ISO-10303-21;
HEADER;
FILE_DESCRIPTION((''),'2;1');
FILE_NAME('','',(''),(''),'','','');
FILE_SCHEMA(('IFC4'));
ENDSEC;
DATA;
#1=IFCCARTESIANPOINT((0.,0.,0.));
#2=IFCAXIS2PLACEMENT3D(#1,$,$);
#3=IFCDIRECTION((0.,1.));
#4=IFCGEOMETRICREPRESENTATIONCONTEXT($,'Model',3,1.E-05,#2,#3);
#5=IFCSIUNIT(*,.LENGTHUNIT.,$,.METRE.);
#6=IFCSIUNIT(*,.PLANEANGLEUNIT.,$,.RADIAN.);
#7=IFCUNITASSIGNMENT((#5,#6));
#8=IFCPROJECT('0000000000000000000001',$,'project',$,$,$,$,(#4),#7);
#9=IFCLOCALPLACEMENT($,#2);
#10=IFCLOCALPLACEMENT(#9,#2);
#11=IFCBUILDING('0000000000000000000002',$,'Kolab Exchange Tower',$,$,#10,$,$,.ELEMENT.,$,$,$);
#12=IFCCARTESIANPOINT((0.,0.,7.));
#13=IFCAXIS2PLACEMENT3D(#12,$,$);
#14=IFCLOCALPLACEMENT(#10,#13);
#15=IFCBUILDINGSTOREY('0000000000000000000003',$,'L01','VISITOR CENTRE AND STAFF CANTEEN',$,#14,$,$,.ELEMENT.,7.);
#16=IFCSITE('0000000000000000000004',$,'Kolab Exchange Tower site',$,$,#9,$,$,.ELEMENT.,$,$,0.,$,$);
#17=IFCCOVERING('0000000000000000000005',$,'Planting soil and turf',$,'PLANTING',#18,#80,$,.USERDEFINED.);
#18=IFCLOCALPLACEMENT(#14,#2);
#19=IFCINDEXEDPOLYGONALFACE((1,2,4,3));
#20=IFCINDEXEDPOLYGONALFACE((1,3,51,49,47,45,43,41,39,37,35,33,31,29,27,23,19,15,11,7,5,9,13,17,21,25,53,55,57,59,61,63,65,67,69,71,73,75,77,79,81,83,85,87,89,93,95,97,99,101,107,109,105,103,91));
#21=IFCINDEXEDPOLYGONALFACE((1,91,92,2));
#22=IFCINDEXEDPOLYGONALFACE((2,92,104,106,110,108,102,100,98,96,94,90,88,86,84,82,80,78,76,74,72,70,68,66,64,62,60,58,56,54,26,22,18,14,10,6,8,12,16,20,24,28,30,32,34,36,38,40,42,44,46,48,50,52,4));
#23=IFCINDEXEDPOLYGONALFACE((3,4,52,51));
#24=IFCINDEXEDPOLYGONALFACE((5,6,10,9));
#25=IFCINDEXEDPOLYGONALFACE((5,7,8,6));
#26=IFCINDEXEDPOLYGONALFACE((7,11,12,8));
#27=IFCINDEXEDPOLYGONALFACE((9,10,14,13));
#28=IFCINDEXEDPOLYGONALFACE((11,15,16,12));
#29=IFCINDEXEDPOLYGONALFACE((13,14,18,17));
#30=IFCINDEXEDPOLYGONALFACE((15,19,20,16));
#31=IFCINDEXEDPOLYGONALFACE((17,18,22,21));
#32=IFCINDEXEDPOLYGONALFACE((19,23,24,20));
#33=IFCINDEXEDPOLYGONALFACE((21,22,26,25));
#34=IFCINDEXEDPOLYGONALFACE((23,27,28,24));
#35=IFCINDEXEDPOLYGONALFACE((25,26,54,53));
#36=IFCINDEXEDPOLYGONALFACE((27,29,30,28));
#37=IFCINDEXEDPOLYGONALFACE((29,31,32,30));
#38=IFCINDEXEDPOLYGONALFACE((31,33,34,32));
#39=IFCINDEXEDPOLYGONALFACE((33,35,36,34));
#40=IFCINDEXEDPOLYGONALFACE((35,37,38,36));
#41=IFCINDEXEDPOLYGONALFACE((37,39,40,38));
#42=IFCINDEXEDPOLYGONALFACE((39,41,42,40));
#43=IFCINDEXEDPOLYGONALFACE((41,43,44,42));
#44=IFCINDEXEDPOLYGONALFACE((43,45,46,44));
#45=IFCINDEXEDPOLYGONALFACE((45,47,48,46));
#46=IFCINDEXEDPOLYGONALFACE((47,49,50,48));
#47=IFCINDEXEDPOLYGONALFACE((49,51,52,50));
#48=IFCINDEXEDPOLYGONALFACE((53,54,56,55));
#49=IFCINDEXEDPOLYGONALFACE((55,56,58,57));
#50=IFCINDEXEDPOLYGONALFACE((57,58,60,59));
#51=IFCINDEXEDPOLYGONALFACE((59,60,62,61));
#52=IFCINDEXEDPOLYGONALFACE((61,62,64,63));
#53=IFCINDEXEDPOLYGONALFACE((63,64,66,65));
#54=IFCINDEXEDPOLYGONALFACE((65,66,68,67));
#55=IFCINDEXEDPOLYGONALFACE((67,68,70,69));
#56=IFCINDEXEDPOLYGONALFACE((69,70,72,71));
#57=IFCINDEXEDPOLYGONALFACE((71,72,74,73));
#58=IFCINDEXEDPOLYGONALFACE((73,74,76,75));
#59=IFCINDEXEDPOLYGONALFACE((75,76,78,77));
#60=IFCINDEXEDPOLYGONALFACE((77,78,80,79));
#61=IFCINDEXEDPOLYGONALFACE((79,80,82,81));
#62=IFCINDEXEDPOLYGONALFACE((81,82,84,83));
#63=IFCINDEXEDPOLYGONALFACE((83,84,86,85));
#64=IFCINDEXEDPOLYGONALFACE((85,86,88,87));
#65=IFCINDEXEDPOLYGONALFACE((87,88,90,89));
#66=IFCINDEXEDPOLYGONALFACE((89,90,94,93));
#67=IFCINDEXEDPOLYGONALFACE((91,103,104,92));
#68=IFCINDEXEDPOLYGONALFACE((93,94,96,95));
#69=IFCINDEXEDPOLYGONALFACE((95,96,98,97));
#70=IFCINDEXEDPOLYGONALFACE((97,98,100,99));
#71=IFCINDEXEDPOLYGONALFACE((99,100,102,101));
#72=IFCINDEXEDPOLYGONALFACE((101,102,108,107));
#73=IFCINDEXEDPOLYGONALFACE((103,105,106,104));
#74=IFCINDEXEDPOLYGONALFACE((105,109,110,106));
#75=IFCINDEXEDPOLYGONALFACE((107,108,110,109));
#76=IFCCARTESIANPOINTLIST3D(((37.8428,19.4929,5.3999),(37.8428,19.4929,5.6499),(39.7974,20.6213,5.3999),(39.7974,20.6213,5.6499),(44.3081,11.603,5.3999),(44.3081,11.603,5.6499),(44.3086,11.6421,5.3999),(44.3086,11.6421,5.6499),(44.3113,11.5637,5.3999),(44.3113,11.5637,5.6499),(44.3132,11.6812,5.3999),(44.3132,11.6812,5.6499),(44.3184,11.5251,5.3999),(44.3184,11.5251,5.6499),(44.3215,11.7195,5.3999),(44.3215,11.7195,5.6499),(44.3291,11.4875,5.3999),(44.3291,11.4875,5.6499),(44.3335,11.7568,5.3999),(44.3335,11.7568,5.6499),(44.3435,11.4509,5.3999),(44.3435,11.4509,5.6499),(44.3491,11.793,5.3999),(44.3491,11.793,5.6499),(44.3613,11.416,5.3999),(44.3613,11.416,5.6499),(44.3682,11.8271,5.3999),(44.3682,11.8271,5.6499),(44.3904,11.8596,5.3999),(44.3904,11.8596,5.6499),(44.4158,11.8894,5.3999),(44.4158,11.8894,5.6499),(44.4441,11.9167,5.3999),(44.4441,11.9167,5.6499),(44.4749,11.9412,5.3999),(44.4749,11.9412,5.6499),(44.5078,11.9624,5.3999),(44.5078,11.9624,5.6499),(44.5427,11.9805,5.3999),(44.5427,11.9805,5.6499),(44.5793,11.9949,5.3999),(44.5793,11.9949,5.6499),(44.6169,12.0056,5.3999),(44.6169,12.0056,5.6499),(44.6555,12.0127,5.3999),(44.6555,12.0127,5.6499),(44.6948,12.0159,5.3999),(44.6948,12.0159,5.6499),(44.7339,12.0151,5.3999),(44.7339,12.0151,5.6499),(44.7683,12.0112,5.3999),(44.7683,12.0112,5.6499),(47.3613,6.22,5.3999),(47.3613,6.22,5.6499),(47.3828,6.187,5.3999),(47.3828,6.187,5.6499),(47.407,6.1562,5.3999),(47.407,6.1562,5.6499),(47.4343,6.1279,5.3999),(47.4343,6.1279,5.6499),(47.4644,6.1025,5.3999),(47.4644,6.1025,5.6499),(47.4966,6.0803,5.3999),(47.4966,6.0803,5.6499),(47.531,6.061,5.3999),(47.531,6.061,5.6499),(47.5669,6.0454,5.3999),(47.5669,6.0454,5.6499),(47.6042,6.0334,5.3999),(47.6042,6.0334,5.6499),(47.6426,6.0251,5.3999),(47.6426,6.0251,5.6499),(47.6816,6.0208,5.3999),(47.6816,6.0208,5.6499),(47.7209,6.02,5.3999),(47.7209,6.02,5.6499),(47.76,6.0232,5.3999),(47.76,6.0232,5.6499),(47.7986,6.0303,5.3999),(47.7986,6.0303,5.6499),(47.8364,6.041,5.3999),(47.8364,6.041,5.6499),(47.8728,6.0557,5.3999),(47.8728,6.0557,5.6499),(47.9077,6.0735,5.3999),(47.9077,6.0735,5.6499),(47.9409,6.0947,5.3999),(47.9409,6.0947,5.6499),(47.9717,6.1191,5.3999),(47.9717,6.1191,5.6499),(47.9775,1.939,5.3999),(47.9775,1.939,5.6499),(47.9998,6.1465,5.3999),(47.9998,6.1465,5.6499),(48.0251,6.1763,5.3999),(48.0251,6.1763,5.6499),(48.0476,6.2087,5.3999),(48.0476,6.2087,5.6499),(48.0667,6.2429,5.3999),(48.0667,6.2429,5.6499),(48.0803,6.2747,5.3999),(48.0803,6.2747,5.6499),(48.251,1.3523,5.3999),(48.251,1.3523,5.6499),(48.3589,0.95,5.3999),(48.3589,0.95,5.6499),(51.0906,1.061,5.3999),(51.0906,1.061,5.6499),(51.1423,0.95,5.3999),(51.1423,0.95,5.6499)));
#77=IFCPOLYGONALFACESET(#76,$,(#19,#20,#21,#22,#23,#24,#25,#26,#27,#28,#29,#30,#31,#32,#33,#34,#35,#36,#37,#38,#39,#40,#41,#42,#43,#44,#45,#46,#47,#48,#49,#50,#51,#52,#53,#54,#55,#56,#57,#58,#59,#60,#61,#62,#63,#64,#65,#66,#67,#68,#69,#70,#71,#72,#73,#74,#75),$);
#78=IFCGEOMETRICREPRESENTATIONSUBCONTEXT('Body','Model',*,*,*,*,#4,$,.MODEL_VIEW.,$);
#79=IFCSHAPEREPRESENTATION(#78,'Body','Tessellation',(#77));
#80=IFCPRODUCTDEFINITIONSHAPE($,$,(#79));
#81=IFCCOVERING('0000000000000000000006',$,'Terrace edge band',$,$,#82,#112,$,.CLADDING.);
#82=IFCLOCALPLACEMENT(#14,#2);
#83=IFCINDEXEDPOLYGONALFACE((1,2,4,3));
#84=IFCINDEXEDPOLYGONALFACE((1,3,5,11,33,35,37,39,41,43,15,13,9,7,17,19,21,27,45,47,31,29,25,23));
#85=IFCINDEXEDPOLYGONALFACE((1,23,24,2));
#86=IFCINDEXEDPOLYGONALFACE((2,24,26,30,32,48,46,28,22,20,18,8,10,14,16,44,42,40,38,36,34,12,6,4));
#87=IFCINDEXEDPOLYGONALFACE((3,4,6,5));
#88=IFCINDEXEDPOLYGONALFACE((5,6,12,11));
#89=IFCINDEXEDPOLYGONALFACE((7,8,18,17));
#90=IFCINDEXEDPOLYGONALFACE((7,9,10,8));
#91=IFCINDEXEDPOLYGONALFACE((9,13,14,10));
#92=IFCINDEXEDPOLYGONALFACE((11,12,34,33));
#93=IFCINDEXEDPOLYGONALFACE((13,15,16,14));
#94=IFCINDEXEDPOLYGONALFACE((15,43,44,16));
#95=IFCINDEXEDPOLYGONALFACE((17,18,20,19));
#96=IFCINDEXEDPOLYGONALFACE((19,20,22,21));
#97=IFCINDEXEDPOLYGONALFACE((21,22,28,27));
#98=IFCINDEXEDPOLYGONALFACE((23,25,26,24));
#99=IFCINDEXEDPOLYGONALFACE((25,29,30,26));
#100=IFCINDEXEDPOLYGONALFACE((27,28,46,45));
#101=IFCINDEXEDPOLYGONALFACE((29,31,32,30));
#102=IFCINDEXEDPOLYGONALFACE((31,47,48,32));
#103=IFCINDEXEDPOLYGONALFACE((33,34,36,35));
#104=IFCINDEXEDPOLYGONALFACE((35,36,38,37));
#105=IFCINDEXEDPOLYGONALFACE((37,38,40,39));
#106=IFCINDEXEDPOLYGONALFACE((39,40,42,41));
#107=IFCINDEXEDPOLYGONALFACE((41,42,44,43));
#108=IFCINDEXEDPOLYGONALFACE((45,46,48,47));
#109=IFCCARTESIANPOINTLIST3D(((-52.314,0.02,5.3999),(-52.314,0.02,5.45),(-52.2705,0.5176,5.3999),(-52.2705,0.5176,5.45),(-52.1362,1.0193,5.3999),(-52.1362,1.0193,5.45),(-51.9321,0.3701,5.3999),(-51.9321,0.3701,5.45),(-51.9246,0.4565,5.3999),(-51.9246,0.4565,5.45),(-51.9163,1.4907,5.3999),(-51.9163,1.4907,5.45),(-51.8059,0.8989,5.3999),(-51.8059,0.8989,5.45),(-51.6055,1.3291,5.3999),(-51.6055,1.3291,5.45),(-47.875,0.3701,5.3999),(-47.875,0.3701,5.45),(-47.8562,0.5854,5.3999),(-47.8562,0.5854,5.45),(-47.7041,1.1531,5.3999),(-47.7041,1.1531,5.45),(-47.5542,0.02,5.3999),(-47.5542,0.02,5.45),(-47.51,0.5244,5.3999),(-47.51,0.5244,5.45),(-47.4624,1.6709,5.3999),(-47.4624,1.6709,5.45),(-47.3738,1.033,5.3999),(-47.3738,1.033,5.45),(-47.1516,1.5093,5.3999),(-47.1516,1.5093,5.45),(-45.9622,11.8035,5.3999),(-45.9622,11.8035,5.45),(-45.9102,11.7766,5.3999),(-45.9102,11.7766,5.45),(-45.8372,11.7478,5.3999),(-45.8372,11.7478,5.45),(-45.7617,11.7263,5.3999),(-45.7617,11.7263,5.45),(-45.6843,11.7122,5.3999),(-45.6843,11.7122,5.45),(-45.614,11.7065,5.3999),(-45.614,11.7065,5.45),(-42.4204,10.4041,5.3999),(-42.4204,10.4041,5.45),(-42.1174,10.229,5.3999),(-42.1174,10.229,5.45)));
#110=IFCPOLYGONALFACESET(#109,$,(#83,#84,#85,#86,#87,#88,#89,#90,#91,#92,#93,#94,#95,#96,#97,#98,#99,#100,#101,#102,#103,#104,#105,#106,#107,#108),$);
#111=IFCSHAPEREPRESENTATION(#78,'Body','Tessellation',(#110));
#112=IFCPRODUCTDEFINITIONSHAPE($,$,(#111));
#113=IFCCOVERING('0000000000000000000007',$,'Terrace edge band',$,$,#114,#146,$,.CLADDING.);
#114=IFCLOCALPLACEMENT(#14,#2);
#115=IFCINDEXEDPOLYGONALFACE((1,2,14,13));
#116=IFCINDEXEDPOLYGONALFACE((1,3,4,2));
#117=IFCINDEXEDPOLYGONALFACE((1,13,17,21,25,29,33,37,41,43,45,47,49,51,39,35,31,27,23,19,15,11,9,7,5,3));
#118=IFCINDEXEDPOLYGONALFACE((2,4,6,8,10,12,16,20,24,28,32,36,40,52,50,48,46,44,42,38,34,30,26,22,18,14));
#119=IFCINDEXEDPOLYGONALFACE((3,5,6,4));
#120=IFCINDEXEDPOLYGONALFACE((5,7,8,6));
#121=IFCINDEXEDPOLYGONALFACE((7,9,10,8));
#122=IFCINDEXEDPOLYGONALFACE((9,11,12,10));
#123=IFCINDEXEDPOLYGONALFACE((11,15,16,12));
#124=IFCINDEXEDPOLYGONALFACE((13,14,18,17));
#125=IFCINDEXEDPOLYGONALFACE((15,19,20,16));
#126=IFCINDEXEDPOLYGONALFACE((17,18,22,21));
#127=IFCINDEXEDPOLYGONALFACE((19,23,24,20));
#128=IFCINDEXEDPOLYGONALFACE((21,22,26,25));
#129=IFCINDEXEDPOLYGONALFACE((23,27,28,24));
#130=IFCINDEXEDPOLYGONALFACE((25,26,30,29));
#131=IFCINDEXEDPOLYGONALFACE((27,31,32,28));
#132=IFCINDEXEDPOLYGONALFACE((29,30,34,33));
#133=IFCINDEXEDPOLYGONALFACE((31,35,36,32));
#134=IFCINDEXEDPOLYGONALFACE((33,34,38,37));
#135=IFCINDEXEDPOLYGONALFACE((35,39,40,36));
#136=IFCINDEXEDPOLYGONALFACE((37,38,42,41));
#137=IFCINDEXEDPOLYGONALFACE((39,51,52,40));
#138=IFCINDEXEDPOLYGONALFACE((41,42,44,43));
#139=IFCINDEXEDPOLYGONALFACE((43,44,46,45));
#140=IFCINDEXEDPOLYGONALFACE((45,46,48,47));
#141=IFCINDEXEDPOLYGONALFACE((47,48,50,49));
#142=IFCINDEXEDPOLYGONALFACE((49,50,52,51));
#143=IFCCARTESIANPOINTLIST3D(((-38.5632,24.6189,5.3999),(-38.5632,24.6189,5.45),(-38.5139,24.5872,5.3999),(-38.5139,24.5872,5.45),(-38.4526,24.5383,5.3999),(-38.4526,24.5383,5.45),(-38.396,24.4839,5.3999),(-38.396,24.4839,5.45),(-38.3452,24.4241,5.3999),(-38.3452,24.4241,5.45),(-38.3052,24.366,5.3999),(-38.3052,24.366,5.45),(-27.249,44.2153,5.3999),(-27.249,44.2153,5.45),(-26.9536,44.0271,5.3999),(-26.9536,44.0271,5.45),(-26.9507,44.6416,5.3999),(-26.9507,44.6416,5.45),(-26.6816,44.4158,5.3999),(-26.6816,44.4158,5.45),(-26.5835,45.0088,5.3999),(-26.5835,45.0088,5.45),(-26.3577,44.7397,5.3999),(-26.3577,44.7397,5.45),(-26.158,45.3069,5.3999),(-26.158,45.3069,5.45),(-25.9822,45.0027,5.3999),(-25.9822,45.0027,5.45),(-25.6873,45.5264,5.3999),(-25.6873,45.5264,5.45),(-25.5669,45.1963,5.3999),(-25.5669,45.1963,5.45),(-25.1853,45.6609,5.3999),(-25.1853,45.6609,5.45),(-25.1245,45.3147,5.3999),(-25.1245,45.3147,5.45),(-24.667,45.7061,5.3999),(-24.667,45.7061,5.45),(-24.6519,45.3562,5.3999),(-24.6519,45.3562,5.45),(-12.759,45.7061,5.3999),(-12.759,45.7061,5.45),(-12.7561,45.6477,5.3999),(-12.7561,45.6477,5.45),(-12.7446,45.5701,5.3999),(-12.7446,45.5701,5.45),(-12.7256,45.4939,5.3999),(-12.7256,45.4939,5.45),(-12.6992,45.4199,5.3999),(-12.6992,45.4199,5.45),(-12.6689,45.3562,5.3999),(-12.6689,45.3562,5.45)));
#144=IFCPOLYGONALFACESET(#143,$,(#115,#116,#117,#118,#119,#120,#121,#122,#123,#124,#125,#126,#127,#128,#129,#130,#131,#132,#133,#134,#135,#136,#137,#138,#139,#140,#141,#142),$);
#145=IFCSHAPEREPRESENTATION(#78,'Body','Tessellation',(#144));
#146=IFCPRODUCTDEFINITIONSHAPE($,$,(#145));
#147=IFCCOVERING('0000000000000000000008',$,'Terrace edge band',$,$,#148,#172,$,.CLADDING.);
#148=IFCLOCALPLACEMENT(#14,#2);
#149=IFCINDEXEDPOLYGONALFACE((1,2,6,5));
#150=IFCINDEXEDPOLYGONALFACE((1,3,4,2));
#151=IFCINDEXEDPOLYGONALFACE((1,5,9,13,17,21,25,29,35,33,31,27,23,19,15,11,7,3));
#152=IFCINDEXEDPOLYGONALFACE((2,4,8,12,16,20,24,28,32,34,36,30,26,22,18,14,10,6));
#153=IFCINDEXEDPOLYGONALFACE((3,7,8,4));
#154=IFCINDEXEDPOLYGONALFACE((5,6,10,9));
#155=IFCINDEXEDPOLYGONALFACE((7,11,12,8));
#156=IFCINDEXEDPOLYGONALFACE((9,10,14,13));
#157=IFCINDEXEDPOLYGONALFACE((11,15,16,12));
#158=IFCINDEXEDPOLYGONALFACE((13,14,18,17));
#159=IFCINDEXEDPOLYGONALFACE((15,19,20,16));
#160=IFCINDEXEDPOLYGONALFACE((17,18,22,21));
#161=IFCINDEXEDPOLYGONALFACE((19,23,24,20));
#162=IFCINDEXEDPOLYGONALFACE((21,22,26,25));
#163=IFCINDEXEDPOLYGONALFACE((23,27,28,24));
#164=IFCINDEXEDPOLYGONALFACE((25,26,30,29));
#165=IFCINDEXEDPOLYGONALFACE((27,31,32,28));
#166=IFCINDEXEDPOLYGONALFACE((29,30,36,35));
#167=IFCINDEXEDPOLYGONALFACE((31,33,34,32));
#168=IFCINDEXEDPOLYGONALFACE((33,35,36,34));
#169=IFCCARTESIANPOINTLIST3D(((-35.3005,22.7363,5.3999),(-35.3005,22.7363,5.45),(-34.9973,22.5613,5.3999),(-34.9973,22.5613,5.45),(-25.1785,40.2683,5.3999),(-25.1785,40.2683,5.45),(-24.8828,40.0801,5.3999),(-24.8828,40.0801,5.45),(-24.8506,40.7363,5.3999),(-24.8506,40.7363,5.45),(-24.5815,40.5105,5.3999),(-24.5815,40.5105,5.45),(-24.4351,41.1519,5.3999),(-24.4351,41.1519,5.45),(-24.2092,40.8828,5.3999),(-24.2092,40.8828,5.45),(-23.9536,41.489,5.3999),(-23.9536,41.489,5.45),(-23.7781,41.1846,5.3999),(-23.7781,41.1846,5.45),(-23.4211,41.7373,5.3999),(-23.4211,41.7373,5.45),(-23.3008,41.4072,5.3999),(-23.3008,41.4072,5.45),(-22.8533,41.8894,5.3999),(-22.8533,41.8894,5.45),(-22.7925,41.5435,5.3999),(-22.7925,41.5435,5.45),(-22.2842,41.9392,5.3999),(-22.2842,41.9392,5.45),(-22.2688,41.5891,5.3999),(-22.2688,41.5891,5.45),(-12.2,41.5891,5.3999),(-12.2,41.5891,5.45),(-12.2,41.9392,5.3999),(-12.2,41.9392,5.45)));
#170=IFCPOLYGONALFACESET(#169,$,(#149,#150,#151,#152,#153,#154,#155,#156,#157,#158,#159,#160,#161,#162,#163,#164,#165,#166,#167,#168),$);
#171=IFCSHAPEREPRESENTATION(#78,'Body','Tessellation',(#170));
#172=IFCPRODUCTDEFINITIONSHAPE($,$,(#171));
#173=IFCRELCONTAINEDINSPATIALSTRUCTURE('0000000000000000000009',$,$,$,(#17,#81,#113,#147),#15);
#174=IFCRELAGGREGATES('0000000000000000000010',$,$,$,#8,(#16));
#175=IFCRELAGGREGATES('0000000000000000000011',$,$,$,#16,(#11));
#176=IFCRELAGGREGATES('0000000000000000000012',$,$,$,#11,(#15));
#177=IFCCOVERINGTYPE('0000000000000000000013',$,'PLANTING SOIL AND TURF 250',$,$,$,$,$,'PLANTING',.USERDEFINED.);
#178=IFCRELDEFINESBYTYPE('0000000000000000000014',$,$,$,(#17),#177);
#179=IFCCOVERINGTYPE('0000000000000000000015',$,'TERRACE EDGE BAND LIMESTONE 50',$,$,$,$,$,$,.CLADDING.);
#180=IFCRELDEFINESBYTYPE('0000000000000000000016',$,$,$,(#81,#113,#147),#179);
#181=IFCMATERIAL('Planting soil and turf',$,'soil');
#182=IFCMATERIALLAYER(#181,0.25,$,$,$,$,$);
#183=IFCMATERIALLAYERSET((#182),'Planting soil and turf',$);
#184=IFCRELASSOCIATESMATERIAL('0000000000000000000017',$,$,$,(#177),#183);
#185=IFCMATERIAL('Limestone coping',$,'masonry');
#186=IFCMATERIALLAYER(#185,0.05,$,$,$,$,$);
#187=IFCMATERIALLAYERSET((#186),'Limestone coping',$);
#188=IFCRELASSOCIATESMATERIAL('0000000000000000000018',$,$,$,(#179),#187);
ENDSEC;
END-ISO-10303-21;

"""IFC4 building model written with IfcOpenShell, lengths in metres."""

from ifc_helpers import new_model, si_unit, direction, frame, origin, place, context, subcontext, project, spatial, polyline, outline, extrude, material, layer, layer_set, type_object, element, save


model = new_model("IFC4")

# Units and contexts
model_context = context("Model", 3, precision=1e-05, world=origin(), true_north=direction((0.0, 1.0)))
body_context = subcontext(model_context, "Body", "Model", "MODEL_VIEW")
ifc_project = project(units=[si_unit("LENGTHUNIT", "METRE"), si_unit("PLANEANGLEUNIT", "RADIAN")], contexts=[model_context])

# Site, building, storey
site_placement = place(None, origin())
site = spatial("IfcSite", under=ifc_project, at=site_placement, Name="Kolab Exchange Tower site", CompositionType="ELEMENT", RefElevation=0.0)
building_placement = place(site_placement, origin())
building = spatial("IfcBuilding", under=site, at=building_placement, Name="Kolab Exchange Tower", CompositionType="ELEMENT")
storey_placement = place(building_placement, frame((0.0, 0.0, 7.0)))
storey = spatial("IfcBuildingStorey", under=building, at=storey_placement, Name="L01", Description="VISITOR CENTRE AND STAFF CANTEEN", CompositionType="ELEMENT", Elevation=7.0)

# Coverings
ifc_material_1 = material(Name="Planting soil and turf", Category="soil")
ifc_layer_1 = layer(ifc_material_1, 0.25)
ifc_layer_set_1 = layer_set([ifc_layer_1], Name="Planting soil and turf")
covering_type_1 = type_object("IfcCoveringType", Name="PLANTING SOIL AND TURF 250", ElementType="PLANTING", PredefinedType="USERDEFINED", material=ifc_layer_set_1)
covering_1_placement = place(storey_placement, frame((0.0, 0.0, 5.3999)))
element("IfcCovering", 1, at=covering_1_placement, inside=storey, type_object=covering_type_1, Name="Planting soil and turf", ObjectType="PLANTING", PredefinedType="USERDEFINED", context=body_context, shape_type="SweptSolid", body=[
    extrude(outline(polyline([(44.7683, 12.0112), (44.7339, 12.0151), (44.6948, 12.0159), (44.6555, 12.0127), (44.6169, 12.0056), (44.5793, 11.9949), (44.5427, 11.9805), (44.5078, 11.9624), (44.4749, 11.9412), (44.4441, 11.9167), (44.4158, 11.8894), (44.3904, 11.8596), (44.3682, 11.8271), (44.3491, 11.793), (44.3335, 11.7568), (44.3215, 11.7195), (44.3132, 11.6812), (44.3086, 11.6421), (44.3081, 11.603), (44.3113, 11.5637), (44.3184, 11.5251), (44.3291, 11.4875), (44.3435, 11.4509), (44.3613, 11.416), (47.3613, 6.22), (47.3828, 6.187), (47.407, 6.1562), (47.4343, 6.1279), (47.4644, 6.1025), (47.4966, 6.0803), (47.531, 6.061), (47.5669, 6.0454), (47.6042, 6.0334), (47.6426, 6.0251), (47.6816, 6.0208), (47.7209, 6.02), (47.76, 6.0232), (47.7986, 6.0303), (47.8364, 6.041), (47.8728, 6.0557), (47.9077, 6.0735), (47.9409, 6.0947), (47.9717, 6.1191), (47.9998, 6.1465), (48.0251, 6.1763), (48.0476, 6.2087), (48.0667, 6.2429), (48.0803, 6.2747), (51.0906, 1.061), (51.1423, 0.95), (48.3589, 0.95), (48.251, 1.3523), (47.9775, 1.939), (37.8428, 19.4929), (39.7974, 20.6213), (44.7683, 12.0112)])), origin(), (0.0, 0.0, 1.0), 0.25),
])
ifc_material_2 = material(Name="Limestone coping", Category="masonry")
ifc_layer_2 = layer(ifc_material_2, 0.05)
ifc_layer_set_2 = layer_set([ifc_layer_2], Name="Limestone coping")
covering_type_2 = type_object("IfcCoveringType", Name="TERRACE EDGE BAND LIMESTONE 50", PredefinedType="CLADDING", material=ifc_layer_set_2)
covering_2_placement = place(storey_placement, frame((0.0, 0.0, 5.3999)))
element("IfcCovering", 2, at=covering_2_placement, inside=storey, type_object=covering_type_2, Name="Terrace edge band", PredefinedType="CLADDING", context=body_context, shape_type="SweptSolid", body=[
    extrude(outline(polyline([(-52.1362, 1.0193), (-51.9163, 1.4907), (-45.9622, 11.8035), (-45.9102, 11.7766), (-45.8372, 11.7478), (-45.7617, 11.7263), (-45.6843, 11.7122), (-45.614, 11.7065), (-51.6055, 1.3291), (-51.8059, 0.8989), (-51.9246, 0.4565), (-51.9321, 0.3701), (-47.875, 0.3701), (-47.8562, 0.5854), (-47.7041, 1.1531), (-47.4624, 1.6709), (-42.4204, 10.4041), (-42.1174, 10.229), (-47.1516, 1.5093), (-47.3738, 1.033), (-47.51, 0.5244), (-47.5542, 0.02), (-52.314, 0.02), (-52.2705, 0.5176), (-52.1362, 1.0193)])), origin(), (0.0, 0.0, 1.0), 0.05),
])
covering_3_placement = place(storey_placement, frame((0.0, 0.0, 5.3999)))
element("IfcCovering", 3, at=covering_3_placement, inside=storey, type_object=covering_type_2, Name="Terrace edge band", PredefinedType="CLADDING", context=body_context, shape_type="SweptSolid", body=[
    extrude(outline(polyline([(-27.249, 44.2153), (-26.9507, 44.6416), (-26.5835, 45.0088), (-26.158, 45.3069), (-25.6873, 45.5264), (-25.1853, 45.6609), (-24.667, 45.7061), (-12.759, 45.7061), (-12.7561, 45.6477), (-12.7446, 45.5701), (-12.7256, 45.4939), (-12.6992, 45.4199), (-12.6689, 45.3562), (-24.6519, 45.3562), (-25.1245, 45.3147), (-25.5669, 45.1963), (-25.9822, 45.0027), (-26.3577, 44.7397), (-26.6816, 44.4158), (-26.9536, 44.0271), (-38.3052, 24.366), (-38.3452, 24.4241), (-38.396, 24.4839), (-38.4526, 24.5383), (-38.5139, 24.5872), (-38.5632, 24.6189), (-27.249, 44.2153)])), origin(), (0.0, 0.0, 1.0), 0.05),
])
covering_4_placement = place(storey_placement, frame((0.0, 0.0, 5.3999)))
element("IfcCovering", 4, at=covering_4_placement, inside=storey, type_object=covering_type_2, Name="Terrace edge band", PredefinedType="CLADDING", context=body_context, shape_type="SweptSolid", body=[
    extrude(outline(polyline([(-22.2688, 41.5891), (-22.7925, 41.5435), (-23.3008, 41.4072), (-23.7781, 41.1846), (-24.2092, 40.8828), (-24.5815, 40.5105), (-24.8828, 40.0801), (-34.9973, 22.5613), (-35.3005, 22.7363), (-25.1785, 40.2683), (-24.8506, 40.7363), (-24.4351, 41.1519), (-23.9536, 41.489), (-23.4211, 41.7373), (-22.8533, 41.8894), (-22.2842, 41.9392), (-12.2, 41.9392), (-12.2, 41.5891), (-22.2688, 41.5891)])), origin(), (0.0, 0.0, 1.0), 0.05),
])

save(model, "model.ifc")
